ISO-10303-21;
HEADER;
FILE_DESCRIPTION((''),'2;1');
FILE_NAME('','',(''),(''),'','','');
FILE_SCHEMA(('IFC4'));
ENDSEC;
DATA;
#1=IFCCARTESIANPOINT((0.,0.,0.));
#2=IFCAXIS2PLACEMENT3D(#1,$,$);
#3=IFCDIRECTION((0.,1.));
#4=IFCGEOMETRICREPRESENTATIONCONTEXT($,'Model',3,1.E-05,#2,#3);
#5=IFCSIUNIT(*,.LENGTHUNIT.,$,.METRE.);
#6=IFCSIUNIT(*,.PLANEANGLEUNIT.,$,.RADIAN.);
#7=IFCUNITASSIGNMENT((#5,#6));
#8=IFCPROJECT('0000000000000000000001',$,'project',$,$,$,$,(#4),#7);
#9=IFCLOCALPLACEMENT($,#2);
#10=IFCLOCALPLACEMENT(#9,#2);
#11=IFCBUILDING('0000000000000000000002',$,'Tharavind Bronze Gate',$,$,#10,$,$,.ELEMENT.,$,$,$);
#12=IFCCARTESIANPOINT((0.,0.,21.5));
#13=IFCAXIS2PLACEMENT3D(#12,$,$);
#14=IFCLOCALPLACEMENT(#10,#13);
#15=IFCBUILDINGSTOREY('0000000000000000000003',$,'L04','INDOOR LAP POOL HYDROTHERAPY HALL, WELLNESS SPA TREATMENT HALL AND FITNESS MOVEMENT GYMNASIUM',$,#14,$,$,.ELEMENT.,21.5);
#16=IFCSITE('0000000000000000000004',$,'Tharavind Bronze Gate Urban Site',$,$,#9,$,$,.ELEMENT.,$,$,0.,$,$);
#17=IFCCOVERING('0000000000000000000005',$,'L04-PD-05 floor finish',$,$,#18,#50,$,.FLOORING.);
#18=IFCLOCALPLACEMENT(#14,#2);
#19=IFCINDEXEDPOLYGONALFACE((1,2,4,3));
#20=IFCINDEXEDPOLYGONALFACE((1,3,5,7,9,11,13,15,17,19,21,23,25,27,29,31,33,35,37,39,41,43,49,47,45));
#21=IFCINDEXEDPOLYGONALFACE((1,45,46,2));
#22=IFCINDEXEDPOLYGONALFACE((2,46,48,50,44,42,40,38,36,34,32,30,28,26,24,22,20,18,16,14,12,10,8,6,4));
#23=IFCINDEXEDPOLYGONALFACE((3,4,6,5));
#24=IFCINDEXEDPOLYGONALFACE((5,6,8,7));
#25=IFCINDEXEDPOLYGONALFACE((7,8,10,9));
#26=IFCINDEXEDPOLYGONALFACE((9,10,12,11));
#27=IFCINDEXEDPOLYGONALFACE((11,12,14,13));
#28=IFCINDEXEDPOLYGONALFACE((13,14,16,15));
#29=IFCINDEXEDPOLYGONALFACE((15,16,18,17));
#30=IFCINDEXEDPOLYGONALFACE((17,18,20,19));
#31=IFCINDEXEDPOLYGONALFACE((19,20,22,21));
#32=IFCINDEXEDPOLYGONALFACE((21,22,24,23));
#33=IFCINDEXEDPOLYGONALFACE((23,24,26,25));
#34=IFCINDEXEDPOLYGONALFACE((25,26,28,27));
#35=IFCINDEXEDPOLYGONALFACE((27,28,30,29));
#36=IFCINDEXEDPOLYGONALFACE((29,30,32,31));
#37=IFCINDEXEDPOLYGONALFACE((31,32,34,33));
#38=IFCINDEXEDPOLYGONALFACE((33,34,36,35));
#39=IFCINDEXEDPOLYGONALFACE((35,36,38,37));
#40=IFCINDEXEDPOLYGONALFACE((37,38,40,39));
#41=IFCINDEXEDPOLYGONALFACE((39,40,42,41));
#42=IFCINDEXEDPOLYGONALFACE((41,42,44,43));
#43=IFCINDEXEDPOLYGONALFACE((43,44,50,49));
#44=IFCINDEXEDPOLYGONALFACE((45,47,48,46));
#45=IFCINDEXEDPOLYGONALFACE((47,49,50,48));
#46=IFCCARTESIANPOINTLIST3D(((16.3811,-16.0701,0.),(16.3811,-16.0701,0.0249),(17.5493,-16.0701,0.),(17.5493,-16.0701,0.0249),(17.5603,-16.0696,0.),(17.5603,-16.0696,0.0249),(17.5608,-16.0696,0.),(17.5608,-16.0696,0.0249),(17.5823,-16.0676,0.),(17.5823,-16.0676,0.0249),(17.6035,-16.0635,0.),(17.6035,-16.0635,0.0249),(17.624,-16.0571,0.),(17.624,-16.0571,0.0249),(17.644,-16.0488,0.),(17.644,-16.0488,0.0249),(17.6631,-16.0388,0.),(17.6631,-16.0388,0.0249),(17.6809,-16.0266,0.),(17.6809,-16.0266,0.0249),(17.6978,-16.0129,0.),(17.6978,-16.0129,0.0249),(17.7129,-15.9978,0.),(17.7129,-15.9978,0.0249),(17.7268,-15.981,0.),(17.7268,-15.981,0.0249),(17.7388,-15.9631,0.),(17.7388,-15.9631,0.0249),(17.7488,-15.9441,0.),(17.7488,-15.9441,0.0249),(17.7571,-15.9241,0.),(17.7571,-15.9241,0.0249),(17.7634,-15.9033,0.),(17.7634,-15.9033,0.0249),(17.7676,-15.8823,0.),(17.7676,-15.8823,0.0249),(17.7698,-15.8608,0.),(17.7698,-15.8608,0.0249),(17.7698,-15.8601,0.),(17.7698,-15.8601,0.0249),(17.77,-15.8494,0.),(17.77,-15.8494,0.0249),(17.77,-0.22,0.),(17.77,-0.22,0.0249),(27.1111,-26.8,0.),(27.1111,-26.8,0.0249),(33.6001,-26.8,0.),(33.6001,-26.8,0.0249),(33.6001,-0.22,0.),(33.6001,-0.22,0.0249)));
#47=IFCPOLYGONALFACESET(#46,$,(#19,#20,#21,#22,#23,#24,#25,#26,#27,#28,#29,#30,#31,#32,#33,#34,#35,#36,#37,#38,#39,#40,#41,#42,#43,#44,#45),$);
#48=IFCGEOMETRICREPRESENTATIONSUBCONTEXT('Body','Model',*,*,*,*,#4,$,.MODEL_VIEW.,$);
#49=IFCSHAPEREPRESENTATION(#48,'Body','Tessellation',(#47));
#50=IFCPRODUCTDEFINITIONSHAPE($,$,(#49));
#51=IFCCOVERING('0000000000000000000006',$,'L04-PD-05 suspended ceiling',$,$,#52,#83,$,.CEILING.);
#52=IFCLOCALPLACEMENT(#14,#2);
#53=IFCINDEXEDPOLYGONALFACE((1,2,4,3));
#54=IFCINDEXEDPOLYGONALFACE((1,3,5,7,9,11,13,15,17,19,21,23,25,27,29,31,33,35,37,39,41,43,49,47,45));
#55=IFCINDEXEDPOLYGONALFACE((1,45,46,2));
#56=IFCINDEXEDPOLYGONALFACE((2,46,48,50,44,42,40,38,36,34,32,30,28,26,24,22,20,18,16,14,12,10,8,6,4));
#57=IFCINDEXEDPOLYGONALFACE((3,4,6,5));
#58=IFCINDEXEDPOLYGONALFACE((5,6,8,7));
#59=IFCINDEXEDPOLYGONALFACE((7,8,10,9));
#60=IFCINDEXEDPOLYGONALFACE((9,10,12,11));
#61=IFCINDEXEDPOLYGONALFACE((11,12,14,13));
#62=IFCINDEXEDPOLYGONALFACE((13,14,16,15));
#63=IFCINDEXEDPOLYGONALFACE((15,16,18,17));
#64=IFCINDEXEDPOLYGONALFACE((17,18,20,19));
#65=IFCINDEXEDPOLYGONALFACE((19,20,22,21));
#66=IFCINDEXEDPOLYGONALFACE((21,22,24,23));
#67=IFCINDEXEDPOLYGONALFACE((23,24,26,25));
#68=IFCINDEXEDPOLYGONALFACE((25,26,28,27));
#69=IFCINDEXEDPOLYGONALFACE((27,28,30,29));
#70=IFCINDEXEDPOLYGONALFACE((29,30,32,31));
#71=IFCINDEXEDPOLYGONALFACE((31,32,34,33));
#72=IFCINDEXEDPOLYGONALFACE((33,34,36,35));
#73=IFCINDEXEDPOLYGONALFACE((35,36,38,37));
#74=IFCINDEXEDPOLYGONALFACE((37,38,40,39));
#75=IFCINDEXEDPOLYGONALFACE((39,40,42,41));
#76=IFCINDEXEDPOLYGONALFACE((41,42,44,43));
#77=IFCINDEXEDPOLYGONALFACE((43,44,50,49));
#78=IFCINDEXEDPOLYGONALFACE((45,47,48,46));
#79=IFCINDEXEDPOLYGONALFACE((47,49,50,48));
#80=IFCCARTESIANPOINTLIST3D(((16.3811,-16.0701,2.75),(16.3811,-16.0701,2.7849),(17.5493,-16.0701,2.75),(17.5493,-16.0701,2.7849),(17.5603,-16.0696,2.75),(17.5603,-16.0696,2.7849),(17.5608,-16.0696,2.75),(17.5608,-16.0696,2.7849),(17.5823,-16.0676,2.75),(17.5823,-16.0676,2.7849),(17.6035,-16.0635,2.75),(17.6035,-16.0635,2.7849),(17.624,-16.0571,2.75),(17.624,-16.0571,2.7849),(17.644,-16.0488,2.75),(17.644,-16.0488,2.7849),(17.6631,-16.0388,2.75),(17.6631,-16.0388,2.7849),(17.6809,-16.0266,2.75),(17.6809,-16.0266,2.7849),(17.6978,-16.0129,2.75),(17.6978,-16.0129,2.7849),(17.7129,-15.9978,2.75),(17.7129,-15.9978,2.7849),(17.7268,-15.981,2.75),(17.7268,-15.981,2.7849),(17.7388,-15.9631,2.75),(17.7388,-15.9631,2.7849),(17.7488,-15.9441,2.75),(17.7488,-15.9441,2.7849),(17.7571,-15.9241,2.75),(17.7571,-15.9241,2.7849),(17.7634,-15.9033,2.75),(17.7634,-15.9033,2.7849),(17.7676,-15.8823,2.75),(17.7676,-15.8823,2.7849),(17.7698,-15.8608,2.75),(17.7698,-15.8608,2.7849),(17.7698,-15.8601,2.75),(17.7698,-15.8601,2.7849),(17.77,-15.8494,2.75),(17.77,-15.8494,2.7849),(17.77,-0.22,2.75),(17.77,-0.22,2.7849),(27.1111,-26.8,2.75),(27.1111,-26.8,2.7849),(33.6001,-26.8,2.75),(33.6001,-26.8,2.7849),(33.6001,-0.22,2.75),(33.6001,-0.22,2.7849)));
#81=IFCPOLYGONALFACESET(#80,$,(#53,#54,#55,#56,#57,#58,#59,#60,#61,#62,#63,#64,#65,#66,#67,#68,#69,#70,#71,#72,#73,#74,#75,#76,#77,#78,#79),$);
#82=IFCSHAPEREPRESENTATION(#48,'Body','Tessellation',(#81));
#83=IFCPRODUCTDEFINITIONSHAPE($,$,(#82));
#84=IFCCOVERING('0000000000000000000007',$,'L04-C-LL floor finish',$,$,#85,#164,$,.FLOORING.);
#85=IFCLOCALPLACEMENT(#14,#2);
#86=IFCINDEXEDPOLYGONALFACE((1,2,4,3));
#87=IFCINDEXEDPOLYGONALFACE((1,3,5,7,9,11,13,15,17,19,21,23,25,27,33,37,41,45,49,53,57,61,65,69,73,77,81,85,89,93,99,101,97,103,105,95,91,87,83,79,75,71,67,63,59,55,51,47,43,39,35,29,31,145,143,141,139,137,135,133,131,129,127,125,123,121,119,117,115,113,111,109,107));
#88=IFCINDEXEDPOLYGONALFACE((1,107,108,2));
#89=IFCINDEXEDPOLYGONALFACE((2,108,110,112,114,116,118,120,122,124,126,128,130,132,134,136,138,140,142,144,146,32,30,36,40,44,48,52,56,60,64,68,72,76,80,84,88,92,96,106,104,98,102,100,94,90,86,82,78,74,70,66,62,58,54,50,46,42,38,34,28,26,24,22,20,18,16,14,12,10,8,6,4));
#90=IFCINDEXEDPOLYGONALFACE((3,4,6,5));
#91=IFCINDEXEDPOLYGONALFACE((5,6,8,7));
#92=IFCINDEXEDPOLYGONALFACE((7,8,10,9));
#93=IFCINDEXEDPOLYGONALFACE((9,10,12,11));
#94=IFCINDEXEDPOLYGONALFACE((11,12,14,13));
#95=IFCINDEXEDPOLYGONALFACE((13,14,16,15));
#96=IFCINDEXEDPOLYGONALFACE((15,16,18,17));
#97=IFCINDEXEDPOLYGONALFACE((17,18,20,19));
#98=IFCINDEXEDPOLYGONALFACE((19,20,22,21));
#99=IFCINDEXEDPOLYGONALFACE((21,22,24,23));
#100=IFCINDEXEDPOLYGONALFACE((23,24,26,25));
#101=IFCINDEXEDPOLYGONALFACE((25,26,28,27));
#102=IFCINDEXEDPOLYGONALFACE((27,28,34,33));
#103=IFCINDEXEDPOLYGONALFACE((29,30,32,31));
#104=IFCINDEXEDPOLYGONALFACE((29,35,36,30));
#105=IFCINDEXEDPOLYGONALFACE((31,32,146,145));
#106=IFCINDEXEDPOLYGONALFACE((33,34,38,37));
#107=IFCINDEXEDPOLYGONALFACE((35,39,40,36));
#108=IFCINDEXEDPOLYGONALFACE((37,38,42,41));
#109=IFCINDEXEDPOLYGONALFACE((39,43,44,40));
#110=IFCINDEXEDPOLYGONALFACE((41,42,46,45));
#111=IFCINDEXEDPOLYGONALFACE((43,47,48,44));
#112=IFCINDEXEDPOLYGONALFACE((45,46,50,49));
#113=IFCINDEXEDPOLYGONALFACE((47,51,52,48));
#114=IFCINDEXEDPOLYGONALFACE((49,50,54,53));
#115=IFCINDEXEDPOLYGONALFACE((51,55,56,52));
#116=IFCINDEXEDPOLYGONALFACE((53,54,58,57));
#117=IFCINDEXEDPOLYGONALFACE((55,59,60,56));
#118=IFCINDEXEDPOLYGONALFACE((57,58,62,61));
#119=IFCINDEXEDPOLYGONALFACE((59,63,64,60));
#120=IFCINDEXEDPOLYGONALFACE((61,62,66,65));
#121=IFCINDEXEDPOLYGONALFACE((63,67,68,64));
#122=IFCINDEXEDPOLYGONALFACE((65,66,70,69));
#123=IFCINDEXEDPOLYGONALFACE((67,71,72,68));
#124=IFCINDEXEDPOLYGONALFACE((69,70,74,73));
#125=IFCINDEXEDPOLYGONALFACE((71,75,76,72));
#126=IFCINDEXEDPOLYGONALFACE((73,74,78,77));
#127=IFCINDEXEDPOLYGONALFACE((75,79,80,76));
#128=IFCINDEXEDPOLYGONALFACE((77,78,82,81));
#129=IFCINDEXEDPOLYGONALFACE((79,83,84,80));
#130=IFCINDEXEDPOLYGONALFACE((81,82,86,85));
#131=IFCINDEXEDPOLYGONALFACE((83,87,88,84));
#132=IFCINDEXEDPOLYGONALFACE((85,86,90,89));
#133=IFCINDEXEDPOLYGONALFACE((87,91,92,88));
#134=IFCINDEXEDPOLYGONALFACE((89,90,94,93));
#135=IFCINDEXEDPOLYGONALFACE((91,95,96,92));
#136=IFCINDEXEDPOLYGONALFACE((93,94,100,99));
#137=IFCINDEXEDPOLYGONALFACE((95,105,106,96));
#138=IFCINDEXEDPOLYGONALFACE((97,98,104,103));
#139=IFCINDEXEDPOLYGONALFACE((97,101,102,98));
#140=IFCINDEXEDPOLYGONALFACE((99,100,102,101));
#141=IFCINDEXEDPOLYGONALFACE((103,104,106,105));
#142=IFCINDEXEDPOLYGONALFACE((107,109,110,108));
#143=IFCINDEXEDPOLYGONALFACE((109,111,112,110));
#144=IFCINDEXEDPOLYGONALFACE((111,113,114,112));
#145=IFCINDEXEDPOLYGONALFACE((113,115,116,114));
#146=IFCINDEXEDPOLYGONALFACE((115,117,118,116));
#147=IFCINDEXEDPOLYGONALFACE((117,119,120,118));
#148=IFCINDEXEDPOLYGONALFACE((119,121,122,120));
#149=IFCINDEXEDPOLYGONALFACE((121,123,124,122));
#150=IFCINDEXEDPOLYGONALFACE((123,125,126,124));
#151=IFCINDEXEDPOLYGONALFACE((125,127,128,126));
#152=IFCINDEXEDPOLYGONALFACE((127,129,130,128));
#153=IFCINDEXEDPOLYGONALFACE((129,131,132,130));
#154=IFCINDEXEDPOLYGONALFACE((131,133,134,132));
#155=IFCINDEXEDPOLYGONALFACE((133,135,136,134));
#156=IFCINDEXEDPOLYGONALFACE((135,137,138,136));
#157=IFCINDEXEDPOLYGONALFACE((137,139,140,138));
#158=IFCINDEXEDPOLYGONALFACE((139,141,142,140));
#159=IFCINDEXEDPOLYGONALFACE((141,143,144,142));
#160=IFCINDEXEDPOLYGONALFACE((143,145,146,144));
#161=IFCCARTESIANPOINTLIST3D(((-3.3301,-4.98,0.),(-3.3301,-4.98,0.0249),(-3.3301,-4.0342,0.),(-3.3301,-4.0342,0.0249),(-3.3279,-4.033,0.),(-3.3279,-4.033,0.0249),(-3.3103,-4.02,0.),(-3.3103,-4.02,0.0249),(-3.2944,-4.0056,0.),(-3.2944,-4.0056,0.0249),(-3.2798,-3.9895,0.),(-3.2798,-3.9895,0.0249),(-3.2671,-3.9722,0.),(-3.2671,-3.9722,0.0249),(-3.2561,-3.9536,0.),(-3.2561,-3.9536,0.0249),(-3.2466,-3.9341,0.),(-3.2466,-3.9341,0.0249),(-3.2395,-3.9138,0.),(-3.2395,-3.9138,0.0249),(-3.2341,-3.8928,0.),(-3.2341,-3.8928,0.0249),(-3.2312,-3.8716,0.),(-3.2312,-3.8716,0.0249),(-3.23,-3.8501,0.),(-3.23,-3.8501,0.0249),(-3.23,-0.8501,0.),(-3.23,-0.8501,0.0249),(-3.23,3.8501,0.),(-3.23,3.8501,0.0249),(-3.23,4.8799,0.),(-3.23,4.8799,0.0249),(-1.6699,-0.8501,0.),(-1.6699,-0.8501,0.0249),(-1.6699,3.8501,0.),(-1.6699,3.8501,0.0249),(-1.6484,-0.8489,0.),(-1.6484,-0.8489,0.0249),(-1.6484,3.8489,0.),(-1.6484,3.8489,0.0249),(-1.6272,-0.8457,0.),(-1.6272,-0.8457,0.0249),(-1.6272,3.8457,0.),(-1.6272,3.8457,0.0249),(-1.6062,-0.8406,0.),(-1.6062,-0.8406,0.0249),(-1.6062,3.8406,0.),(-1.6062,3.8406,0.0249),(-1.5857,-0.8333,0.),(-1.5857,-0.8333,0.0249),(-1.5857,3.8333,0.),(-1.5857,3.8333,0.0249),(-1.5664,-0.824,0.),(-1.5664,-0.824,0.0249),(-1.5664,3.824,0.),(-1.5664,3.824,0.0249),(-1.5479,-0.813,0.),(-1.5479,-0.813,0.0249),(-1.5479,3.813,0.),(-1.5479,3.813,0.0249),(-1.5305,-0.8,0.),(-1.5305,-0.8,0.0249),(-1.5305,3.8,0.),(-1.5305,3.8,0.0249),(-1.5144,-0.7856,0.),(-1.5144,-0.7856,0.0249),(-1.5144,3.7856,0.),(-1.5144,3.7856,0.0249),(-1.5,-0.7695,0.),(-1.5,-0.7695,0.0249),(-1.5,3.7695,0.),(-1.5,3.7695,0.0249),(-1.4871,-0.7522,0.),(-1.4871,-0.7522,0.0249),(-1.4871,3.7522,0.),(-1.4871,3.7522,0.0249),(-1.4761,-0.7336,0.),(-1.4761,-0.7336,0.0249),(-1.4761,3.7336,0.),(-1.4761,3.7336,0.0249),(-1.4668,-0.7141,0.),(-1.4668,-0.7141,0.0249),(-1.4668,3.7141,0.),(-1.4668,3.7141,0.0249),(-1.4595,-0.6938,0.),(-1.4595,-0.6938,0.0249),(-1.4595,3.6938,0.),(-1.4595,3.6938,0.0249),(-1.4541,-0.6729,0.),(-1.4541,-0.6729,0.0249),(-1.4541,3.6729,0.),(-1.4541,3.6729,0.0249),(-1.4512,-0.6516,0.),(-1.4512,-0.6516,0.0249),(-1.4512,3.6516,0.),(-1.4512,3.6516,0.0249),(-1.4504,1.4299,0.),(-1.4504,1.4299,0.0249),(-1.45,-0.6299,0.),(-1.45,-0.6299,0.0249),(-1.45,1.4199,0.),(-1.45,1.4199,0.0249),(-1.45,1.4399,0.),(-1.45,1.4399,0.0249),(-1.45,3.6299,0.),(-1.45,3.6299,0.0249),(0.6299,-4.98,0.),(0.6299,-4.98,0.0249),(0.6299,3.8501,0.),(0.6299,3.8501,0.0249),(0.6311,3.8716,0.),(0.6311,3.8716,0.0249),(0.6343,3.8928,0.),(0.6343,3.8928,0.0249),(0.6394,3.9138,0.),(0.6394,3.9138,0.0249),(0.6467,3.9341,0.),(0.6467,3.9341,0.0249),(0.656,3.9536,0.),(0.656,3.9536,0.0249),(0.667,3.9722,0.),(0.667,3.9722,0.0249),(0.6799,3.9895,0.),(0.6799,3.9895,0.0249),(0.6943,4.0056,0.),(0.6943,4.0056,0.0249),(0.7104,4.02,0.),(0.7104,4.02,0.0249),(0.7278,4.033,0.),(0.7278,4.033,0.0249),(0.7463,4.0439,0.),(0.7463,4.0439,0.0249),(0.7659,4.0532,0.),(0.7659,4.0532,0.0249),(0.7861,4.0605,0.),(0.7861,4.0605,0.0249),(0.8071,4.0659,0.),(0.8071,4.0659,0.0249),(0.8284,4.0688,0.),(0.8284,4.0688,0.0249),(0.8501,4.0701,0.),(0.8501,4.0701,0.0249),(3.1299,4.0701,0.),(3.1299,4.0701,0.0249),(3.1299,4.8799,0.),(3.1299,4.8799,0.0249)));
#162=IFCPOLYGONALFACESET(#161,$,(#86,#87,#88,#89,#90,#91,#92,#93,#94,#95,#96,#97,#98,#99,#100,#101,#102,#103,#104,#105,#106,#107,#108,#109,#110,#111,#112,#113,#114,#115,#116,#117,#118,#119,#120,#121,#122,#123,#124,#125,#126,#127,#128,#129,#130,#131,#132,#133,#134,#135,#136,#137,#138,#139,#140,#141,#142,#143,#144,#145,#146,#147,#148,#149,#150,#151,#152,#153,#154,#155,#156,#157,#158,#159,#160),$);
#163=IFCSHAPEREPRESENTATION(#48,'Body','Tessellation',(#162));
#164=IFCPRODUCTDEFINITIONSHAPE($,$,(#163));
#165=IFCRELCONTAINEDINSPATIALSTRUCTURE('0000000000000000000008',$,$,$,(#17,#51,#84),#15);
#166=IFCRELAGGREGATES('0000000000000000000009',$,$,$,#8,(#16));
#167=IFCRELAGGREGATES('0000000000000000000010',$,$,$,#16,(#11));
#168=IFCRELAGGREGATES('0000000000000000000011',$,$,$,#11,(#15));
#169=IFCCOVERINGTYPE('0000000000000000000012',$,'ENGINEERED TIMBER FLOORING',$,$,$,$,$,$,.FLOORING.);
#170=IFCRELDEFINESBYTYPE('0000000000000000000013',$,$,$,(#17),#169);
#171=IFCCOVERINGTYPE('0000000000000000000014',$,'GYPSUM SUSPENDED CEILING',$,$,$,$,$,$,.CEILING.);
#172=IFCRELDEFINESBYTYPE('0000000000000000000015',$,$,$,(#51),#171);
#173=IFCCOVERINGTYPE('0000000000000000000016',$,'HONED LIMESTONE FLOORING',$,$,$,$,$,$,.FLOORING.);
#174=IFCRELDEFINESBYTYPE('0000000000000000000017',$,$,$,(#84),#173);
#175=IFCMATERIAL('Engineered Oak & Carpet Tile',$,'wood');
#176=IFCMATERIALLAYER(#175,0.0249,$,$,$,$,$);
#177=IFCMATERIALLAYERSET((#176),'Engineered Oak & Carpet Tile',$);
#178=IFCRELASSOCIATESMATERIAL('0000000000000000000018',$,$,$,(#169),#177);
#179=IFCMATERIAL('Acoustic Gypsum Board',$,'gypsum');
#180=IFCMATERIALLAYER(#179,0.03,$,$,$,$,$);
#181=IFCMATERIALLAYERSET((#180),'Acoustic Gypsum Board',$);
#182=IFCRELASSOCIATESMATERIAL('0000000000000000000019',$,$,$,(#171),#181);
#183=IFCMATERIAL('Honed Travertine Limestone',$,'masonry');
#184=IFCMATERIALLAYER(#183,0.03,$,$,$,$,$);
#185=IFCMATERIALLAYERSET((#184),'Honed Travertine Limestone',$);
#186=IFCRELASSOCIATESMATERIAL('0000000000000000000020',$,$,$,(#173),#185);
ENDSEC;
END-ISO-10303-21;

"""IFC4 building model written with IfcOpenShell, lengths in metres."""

from ifc_helpers import new_model, si_unit, direction, frame, origin, place, context, subcontext, project, spatial, polyline, outline, extrude, material, layer, layer_set, type_object, element, save


model = new_model("IFC4")

# Units and contexts
model_context = context("Model", 3, precision=1e-05, world=origin(), true_north=direction((0.0, 1.0)))
body_context = subcontext(model_context, "Body", "Model", "MODEL_VIEW")
ifc_project = project(units=[si_unit("LENGTHUNIT", "METRE"), si_unit("PLANEANGLEUNIT", "RADIAN")], contexts=[model_context])

# Site, building, storey
site_placement = place(None, origin())
site = spatial("IfcSite", under=ifc_project, at=site_placement, Name="Tharavind Bronze Gate Urban Site", CompositionType="ELEMENT", RefElevation=0.0)
building_placement = place(site_placement, origin())
building = spatial("IfcBuilding", under=site, at=building_placement, Name="Tharavind Bronze Gate", CompositionType="ELEMENT")
storey_placement = place(building_placement, frame((0.0, 0.0, 21.5)))
storey = spatial("IfcBuildingStorey", under=building, at=storey_placement, Name="L04", Description="INDOOR LAP POOL HYDROTHERAPY HALL, WELLNESS SPA TREATMENT HALL AND FITNESS MOVEMENT GYMNASIUM", CompositionType="ELEMENT", Elevation=21.5)

# Coverings
ifc_material_1 = material(Name="Engineered Oak & Carpet Tile", Category="wood")
ifc_layer_1 = layer(ifc_material_1, 0.0249)
ifc_layer_set_1 = layer_set([ifc_layer_1], Name="Engineered Oak & Carpet Tile")
covering_type_1 = type_object("IfcCoveringType", Name="ENGINEERED TIMBER FLOORING", PredefinedType="FLOORING", material=ifc_layer_set_1)
covering_1_placement = place(storey_placement, origin())
element("IfcCovering", 1, at=covering_1_placement, inside=storey, type_object=covering_type_1, Name="L04-PD-05 floor finish", PredefinedType="FLOORING", context=body_context, shape_type="SweptSolid", body=[
    extrude(outline(polyline([(27.1111, -26.8), (33.6001, -26.8), (33.6001, -0.22), (17.77, -0.22), (17.77, -15.8494), (17.7698, -15.8601), (17.7698, -15.8608), (17.7676, -15.8823), (17.7634, -15.9033), (17.7571, -15.9241), (17.7488, -15.9441), (17.7388, -15.9631), (17.7268, -15.981), (17.7129, -15.9978), (17.6978, -16.0129), (17.6809, -16.0266), (17.6631, -16.0388), (17.644, -16.0488), (17.624, -16.0571), (17.6035, -16.0635), (17.5823, -16.0676), (17.5608, -16.0696), (17.5603, -16.0696), (17.5493, -16.0701), (16.3811, -16.0701), (27.1111, -26.8)])), origin(), (0.0, 0.0, 1.0), 0.0249),
])
ifc_material_2 = material(Name="Acoustic Gypsum Board", Category="gypsum")
ifc_layer_2 = layer(ifc_material_2, 0.03)
ifc_layer_set_2 = layer_set([ifc_layer_2], Name="Acoustic Gypsum Board")
covering_type_2 = type_object("IfcCoveringType", Name="GYPSUM SUSPENDED CEILING", PredefinedType="CEILING", material=ifc_layer_set_2)
covering_2_placement = place(storey_placement, frame((0.0, 0.0, 2.75)))
element("IfcCovering", 2, at=covering_2_placement, inside=storey, type_object=covering_type_2, Name="L04-PD-05 suspended ceiling", PredefinedType="CEILING", context=body_context, shape_type="SweptSolid", body=[
    extrude(outline(polyline([(27.1111, -26.8), (33.6001, -26.8), (33.6001, -0.22), (17.77, -0.22), (17.77, -15.8494), (17.7698, -15.8601), (17.7698, -15.8608), (17.7676, -15.8823), (17.7634, -15.9033), (17.7571, -15.9241), (17.7488, -15.9441), (17.7388, -15.9631), (17.7268, -15.981), (17.7129, -15.9978), (17.6978, -16.0129), (17.6809, -16.0266), (17.6631, -16.0388), (17.644, -16.0488), (17.624, -16.0571), (17.6035, -16.0635), (17.5823, -16.0676), (17.5608, -16.0696), (17.5603, -16.0696), (17.5493, -16.0701), (16.3811, -16.0701), (27.1111, -26.8)])), origin(), (0.0, 0.0, 1.0), 0.0349),
])
ifc_material_3 = material(Name="Honed Travertine Limestone", Category="masonry")
ifc_layer_3 = layer(ifc_material_3, 0.03)
ifc_layer_set_3 = layer_set([ifc_layer_3], Name="Honed Travertine Limestone")
covering_type_3 = type_object("IfcCoveringType", Name="HONED LIMESTONE FLOORING", PredefinedType="FLOORING", material=ifc_layer_set_3)
covering_3_placement = place(storey_placement, origin())
element("IfcCovering", 3, at=covering_3_placement, inside=storey, type_object=covering_type_3, Name="L04-C-LL floor finish", PredefinedType="FLOORING", context=body_context, shape_type="SweptSolid", body=[
    extrude(outline(polyline([(-3.3301, -4.98), (0.6299, -4.98), (0.6299, 3.8501), (0.6311, 3.8716), (0.6343, 3.8928), (0.6394, 3.9138), (0.6467, 3.9341), (0.656, 3.9536), (0.667, 3.9722), (0.6799, 3.9895), (0.6943, 4.0056), (0.7104, 4.02), (0.7278, 4.033), (0.7463, 4.0439), (0.7659, 4.0532), (0.7861, 4.0605), (0.8071, 4.0659), (0.8284, 4.0688), (0.8501, 4.0701), (3.1299, 4.0701), (3.1299, 4.8799), (-3.23, 4.8799), (-3.23, 3.8501), (-1.6699, 3.8501), (-1.6484, 3.8489), (-1.6272, 3.8457), (-1.6062, 3.8406), (-1.5857, 3.8333), (-1.5664, 3.824), (-1.5479, 3.813), (-1.5305, 3.8), (-1.5144, 3.7856), (-1.5, 3.7695), (-1.4871, 3.7522), (-1.4761, 3.7336), (-1.4668, 3.7141), (-1.4595, 3.6938), (-1.4541, 3.6729), (-1.4512, 3.6516), (-1.45, 3.6299), (-1.45, 1.4399), (-1.4504, 1.4299), (-1.45, 1.4199), (-1.45, -0.6299), (-1.4512, -0.6516), (-1.4541, -0.6729), (-1.4595, -0.6938), (-1.4668, -0.7141), (-1.4761, -0.7336), (-1.4871, -0.7522), (-1.5, -0.7695), (-1.5144, -0.7856), (-1.5305, -0.8), (-1.5479, -0.813), (-1.5664, -0.824), (-1.5857, -0.8333), (-1.6062, -0.8406), (-1.6272, -0.8457), (-1.6484, -0.8489), (-1.6699, -0.8501), (-3.23, -0.8501), (-3.23, -3.8501), (-3.2312, -3.8716), (-3.2341, -3.8928), (-3.2395, -3.9138), (-3.2466, -3.9341), (-3.2561, -3.9536), (-3.2671, -3.9722), (-3.2798, -3.9895), (-3.2944, -4.0056), (-3.3103, -4.02), (-3.3279, -4.033), (-3.3301, -4.0342), (-3.3301, -4.98)])), origin(), (0.0, 0.0, 1.0), 0.0249),
])

save(model, "model.ifc")
